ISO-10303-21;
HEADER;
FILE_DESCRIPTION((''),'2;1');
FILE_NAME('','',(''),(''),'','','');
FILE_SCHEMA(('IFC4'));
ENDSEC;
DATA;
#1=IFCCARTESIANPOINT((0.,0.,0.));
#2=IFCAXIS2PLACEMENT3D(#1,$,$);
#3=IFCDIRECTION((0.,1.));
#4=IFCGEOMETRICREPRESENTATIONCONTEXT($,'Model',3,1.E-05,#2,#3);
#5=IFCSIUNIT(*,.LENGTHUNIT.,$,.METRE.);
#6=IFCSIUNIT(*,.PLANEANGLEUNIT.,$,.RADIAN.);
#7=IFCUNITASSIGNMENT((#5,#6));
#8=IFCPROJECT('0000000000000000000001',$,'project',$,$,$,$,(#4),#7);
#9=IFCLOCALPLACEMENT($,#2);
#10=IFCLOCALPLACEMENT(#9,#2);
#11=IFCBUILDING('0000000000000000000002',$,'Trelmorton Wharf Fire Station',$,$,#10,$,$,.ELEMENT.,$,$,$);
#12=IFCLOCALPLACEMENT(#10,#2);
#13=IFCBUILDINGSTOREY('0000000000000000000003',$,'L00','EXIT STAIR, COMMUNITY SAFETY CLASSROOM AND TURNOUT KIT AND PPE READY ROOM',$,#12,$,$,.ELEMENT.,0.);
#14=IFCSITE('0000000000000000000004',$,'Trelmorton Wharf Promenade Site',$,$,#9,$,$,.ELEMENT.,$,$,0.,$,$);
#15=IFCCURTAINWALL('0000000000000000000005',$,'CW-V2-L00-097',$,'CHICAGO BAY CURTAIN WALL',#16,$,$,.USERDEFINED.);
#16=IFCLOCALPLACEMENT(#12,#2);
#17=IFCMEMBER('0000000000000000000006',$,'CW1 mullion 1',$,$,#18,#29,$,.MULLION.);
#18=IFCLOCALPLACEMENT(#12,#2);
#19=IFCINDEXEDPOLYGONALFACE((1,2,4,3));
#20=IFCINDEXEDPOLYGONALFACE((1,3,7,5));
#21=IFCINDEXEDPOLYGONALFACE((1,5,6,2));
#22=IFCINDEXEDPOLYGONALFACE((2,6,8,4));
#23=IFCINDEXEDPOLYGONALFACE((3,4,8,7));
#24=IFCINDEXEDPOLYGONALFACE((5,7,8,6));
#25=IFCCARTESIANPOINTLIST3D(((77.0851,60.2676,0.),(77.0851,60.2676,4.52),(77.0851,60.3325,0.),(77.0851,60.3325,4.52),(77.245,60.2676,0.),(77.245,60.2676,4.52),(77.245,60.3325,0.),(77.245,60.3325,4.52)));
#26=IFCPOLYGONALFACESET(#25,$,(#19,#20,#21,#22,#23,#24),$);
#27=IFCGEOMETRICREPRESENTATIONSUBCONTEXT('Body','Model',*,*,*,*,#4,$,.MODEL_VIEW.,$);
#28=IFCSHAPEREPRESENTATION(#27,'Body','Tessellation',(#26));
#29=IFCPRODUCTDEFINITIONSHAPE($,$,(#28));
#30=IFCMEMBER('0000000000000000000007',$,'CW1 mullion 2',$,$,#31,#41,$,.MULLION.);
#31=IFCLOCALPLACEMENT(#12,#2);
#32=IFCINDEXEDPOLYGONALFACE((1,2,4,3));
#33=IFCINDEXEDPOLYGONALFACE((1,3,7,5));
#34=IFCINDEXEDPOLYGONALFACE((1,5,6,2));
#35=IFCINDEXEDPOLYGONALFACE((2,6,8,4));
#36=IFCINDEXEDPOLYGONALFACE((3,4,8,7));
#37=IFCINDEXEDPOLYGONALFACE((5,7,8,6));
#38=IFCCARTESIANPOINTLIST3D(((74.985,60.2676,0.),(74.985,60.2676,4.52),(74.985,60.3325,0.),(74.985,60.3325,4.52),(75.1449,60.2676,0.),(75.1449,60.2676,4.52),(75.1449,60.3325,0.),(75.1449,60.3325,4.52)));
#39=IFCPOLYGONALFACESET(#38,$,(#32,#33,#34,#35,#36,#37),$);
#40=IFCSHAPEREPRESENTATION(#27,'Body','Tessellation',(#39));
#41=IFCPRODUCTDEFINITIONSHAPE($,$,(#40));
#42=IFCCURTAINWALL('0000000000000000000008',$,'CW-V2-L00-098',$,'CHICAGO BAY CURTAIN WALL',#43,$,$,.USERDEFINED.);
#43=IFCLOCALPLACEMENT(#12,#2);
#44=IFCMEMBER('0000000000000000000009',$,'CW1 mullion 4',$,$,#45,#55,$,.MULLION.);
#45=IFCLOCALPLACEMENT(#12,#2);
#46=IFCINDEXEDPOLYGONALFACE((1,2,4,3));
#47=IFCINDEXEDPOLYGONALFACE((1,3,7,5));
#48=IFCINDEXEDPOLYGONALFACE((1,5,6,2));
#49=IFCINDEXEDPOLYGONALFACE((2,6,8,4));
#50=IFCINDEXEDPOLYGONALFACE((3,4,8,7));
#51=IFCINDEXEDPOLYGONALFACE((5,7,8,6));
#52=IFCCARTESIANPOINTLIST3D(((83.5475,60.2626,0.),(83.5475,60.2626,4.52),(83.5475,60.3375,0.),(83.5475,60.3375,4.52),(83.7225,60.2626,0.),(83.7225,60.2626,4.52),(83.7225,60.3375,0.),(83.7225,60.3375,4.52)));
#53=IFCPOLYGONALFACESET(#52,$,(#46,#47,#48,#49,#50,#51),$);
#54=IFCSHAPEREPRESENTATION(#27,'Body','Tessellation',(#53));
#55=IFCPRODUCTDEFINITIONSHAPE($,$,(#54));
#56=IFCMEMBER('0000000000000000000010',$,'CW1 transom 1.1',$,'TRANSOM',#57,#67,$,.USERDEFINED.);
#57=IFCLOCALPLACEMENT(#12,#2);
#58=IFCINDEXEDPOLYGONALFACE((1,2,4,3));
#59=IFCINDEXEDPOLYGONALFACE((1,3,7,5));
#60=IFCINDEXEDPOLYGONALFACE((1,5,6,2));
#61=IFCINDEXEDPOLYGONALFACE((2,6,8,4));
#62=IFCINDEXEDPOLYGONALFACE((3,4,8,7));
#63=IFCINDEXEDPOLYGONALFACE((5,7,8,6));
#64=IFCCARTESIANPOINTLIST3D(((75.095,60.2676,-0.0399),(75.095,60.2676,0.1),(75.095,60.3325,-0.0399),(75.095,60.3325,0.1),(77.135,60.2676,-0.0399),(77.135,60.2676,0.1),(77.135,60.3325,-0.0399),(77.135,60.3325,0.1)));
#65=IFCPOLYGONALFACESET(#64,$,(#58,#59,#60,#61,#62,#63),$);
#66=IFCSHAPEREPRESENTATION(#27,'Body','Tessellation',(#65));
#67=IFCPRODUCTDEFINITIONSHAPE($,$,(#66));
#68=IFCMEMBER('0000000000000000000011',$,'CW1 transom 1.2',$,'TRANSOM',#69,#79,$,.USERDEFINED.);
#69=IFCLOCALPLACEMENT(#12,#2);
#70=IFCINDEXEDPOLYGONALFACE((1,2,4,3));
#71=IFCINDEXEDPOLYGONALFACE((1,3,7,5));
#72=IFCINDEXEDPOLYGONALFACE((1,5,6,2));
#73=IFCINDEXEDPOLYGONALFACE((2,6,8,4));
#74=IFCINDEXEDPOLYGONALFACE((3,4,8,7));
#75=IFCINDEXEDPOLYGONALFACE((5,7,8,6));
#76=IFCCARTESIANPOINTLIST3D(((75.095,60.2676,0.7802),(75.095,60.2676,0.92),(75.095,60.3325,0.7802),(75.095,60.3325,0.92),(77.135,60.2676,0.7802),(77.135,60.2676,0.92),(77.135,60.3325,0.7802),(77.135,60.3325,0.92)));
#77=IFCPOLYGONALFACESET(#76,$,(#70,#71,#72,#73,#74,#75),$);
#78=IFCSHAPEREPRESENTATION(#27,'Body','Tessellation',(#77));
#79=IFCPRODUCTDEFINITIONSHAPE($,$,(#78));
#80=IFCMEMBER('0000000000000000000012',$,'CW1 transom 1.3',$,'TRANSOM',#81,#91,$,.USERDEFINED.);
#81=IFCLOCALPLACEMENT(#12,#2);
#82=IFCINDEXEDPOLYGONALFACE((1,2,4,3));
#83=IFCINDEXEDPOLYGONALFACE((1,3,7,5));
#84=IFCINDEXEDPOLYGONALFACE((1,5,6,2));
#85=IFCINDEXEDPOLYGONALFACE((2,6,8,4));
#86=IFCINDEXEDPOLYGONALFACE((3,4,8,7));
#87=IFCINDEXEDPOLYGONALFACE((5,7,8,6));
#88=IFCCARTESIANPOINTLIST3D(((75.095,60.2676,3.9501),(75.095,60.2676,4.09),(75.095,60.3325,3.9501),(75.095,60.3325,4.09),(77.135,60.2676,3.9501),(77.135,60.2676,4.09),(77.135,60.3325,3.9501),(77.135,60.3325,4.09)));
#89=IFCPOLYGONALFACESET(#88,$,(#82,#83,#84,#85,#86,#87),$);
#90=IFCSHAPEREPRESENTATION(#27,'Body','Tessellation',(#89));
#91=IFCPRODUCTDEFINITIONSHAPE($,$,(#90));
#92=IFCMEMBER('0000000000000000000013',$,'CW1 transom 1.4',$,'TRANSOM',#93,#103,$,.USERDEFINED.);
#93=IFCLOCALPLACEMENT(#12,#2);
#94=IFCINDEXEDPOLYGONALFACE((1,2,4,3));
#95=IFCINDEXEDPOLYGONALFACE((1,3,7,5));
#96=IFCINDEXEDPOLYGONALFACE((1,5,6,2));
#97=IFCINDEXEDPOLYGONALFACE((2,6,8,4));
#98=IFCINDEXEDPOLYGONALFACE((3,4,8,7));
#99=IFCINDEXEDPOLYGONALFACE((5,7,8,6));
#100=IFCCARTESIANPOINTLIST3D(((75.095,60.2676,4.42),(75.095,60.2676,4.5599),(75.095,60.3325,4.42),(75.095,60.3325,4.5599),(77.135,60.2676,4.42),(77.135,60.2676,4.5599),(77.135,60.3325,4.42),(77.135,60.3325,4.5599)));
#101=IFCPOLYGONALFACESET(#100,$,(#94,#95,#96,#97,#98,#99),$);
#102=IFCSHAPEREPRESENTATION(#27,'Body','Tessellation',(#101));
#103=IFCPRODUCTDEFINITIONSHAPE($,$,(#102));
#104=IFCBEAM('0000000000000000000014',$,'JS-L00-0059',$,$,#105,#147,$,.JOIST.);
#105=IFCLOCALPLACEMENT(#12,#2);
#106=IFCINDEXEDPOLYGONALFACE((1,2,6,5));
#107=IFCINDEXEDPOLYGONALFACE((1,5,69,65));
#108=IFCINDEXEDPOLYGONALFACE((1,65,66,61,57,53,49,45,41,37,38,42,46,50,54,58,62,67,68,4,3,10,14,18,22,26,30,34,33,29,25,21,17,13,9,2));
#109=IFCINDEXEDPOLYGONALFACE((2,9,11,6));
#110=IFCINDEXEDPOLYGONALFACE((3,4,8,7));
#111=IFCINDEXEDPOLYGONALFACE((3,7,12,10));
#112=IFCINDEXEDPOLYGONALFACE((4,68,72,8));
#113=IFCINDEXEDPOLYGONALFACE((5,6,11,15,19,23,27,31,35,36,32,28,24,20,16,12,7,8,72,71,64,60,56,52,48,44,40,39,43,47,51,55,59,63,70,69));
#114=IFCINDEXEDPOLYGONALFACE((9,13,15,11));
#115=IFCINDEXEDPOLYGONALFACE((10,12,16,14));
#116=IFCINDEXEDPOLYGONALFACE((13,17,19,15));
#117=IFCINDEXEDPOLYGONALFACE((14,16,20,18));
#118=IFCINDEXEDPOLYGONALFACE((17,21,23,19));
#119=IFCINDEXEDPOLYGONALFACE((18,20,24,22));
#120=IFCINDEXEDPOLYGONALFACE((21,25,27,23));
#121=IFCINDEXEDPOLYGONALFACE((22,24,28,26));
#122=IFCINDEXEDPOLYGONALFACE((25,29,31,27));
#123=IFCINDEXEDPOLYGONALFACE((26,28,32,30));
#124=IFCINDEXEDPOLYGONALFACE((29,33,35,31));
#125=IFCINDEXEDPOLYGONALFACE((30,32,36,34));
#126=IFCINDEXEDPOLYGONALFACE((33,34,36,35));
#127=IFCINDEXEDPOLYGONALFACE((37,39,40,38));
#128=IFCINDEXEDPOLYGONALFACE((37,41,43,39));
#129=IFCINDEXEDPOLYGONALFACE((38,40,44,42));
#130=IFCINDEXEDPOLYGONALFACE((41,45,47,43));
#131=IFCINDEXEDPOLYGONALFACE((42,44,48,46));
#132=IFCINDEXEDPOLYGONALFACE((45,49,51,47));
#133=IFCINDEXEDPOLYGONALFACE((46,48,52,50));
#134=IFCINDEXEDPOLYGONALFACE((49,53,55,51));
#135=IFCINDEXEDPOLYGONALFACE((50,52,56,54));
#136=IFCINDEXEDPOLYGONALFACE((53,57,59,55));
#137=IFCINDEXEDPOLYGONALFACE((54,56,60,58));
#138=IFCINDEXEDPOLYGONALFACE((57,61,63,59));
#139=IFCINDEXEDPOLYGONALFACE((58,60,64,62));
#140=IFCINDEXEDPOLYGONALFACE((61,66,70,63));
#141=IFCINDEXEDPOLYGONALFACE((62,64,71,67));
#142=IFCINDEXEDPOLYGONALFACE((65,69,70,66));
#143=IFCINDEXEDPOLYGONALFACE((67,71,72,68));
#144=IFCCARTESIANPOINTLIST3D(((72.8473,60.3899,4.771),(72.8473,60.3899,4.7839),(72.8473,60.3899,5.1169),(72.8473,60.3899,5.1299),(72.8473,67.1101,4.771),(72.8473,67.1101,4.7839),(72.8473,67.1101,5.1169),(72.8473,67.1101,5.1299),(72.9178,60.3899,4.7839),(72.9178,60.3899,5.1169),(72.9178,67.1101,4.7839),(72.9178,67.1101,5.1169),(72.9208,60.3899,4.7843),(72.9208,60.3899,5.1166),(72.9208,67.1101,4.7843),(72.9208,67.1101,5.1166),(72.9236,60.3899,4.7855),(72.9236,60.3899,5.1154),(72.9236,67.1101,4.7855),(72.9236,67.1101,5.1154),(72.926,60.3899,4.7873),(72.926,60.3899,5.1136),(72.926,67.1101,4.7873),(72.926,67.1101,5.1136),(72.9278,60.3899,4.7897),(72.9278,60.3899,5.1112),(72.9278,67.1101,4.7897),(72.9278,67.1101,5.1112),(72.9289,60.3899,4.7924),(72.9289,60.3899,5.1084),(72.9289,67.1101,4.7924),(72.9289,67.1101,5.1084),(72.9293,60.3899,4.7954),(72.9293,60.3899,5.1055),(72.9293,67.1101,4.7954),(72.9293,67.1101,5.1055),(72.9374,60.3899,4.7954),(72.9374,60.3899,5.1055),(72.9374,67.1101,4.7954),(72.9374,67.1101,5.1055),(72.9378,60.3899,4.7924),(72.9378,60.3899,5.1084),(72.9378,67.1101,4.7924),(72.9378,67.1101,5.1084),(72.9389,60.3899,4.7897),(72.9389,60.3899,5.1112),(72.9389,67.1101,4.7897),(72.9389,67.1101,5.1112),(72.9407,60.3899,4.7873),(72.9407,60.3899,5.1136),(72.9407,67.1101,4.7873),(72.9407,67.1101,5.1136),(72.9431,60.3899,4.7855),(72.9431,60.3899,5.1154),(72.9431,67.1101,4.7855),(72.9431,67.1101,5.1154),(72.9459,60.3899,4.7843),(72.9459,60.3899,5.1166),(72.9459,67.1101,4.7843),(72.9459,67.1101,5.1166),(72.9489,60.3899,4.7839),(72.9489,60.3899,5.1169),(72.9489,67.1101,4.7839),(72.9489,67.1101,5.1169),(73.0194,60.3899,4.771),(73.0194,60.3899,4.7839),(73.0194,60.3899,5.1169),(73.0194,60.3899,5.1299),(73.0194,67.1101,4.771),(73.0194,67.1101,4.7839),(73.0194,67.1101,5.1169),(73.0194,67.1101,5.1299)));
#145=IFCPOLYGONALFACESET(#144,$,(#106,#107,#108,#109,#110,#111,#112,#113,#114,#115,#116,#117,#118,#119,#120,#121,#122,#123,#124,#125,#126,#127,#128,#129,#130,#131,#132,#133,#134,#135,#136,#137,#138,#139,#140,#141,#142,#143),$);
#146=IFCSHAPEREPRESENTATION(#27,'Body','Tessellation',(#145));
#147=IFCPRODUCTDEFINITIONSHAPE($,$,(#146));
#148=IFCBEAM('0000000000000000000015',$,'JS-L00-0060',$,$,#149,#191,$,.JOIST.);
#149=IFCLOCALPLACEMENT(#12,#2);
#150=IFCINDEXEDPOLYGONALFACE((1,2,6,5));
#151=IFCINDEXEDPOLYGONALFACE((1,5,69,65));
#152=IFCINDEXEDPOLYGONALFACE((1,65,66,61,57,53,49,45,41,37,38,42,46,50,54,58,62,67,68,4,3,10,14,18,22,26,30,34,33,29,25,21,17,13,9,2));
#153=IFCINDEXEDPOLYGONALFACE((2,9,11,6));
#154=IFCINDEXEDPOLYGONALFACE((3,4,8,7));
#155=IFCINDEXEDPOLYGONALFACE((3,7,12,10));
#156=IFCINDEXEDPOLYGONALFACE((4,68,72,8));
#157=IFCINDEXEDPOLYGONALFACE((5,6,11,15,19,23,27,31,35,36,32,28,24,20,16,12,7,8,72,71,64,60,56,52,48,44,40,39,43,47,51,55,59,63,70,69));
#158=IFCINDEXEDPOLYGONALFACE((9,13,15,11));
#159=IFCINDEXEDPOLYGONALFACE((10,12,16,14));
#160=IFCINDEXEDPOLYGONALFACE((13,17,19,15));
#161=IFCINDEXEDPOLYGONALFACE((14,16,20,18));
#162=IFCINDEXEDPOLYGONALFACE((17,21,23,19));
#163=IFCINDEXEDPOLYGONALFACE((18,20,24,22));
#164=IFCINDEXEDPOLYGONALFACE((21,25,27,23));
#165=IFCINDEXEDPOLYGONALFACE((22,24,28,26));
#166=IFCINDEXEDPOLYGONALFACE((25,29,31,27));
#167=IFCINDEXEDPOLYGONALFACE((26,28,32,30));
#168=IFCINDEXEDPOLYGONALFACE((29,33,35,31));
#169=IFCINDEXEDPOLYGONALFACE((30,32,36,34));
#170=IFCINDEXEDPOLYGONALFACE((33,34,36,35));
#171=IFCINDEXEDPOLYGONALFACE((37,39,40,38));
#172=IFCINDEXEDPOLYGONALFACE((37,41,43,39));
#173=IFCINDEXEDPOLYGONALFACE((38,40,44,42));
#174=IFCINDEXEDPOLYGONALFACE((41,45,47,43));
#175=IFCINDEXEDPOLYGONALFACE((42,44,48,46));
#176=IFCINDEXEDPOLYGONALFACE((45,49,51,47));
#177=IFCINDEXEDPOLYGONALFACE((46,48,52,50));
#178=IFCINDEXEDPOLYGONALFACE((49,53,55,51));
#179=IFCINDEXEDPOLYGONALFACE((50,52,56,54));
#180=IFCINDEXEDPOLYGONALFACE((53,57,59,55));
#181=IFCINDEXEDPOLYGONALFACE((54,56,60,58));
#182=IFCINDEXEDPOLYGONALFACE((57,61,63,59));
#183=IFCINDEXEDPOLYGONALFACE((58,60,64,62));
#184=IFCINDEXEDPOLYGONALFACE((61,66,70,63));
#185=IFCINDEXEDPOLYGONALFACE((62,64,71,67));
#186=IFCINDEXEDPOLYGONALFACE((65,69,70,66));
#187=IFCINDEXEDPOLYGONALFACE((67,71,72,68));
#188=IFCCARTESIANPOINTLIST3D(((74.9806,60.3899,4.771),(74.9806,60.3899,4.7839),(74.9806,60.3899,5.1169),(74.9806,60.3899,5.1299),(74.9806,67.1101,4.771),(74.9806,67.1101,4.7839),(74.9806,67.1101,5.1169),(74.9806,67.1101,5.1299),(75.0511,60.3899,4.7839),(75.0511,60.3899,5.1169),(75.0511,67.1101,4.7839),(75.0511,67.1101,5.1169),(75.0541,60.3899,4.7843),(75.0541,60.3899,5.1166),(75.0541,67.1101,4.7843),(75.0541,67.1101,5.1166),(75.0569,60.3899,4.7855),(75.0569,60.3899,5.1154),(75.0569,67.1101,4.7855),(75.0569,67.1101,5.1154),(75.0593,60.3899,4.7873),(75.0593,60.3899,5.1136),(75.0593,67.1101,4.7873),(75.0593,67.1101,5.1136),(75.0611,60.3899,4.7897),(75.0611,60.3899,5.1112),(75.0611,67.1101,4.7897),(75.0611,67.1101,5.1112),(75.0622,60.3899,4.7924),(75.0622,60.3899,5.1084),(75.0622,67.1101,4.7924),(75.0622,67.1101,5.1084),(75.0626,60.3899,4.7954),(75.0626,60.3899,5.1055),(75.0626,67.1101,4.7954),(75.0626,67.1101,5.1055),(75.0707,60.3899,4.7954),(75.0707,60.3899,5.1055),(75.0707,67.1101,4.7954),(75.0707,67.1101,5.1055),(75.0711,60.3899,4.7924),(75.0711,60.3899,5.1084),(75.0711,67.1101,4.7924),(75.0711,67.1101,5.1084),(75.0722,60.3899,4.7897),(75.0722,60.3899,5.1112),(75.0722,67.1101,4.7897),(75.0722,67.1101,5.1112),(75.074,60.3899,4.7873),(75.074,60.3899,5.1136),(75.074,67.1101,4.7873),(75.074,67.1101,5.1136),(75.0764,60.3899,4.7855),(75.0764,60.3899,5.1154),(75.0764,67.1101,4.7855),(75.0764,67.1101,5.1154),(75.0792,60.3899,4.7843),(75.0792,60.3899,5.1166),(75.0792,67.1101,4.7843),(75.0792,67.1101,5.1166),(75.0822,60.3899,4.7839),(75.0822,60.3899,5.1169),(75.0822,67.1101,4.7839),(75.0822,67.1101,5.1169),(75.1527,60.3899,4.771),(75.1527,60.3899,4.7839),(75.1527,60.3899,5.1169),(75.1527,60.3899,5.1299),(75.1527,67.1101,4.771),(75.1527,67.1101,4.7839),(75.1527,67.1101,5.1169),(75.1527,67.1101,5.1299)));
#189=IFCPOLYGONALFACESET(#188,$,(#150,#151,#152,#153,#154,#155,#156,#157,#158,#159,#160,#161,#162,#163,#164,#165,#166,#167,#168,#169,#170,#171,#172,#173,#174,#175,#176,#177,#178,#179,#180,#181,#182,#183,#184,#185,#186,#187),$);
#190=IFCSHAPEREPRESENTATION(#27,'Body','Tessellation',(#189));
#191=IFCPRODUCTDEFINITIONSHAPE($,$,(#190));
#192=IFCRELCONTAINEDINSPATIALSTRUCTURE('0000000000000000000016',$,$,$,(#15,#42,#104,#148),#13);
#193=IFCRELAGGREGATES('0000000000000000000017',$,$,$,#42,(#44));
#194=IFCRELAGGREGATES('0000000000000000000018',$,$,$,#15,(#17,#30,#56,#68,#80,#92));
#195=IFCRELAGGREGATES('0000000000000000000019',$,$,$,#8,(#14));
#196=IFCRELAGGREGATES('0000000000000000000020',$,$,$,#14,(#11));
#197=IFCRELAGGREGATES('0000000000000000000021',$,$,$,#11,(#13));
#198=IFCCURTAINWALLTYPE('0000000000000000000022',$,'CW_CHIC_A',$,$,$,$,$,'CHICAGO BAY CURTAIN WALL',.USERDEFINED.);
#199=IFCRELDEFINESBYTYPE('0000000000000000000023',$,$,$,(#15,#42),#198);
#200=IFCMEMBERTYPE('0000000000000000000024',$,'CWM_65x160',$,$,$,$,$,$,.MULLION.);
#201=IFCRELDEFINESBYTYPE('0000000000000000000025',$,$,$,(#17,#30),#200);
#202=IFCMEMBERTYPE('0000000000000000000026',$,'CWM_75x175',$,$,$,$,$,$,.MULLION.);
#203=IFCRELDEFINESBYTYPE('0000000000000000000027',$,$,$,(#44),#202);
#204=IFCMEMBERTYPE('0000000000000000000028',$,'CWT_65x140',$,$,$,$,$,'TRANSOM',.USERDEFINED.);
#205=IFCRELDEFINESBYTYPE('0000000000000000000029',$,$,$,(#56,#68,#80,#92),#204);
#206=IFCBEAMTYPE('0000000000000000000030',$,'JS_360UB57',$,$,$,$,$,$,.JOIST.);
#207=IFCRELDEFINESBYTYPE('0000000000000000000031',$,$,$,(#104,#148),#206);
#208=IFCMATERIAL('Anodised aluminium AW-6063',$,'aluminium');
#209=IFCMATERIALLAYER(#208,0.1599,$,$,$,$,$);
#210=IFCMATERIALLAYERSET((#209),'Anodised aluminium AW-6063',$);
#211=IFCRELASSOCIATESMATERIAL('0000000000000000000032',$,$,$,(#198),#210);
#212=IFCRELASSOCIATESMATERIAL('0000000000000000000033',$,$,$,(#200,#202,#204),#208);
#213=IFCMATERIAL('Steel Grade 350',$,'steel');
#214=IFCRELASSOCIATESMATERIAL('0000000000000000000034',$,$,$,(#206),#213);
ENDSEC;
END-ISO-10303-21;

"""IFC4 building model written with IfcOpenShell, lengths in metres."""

from ifc_helpers import new_model, si_unit, direction, frame, origin, origin_2d, place, context, subcontext, project, spatial, rectangle, i_section, extrude, material, layer, layer_set, material_profile, profile_set, type_object, element, aggregate, save


model = new_model("IFC4")

# Units and contexts
model_context = context("Model", 3, precision=1e-05, world=origin(), true_north=direction((0.0, 1.0)))
body_context = subcontext(model_context, "Body", "Model", "MODEL_VIEW")
ifc_project = project(units=[si_unit("LENGTHUNIT", "METRE"), si_unit("PLANEANGLEUNIT", "RADIAN")], contexts=[model_context])

# Site, building, storey
site_placement = place(None, origin())
site = spatial("IfcSite", under=ifc_project, at=site_placement, Name="Trelmorton Wharf Promenade Site", CompositionType="ELEMENT", RefElevation=0.0)
building_placement = place(site_placement, origin())
building = spatial("IfcBuilding", under=site, at=building_placement, Name="Trelmorton Wharf Fire Station", CompositionType="ELEMENT")
storey_placement = place(building_placement, origin())
storey = spatial("IfcBuildingStorey", under=building, at=storey_placement, Name="L00", Description="EXIT STAIR, COMMUNITY SAFETY CLASSROOM AND TURNOUT KIT AND PPE READY ROOM", CompositionType="ELEMENT", Elevation=0.0)

# Shared definitions
ifc_material_1 = material(Name="Steel Grade 350", Category="steel")

# Curtain wall, members
ifc_material_2 = material(Name="Anodised aluminium AW-6063", Category="aluminium")
ifc_layer_1 = layer(ifc_material_2, 0.1599)
ifc_layer_set_1 = layer_set([ifc_layer_1], Name="Anodised aluminium AW-6063")
curtain_wall_type = type_object("IfcCurtainWallType", Name="CW_CHIC_A", ElementType="CHICAGO BAY CURTAIN WALL", PredefinedType="USERDEFINED", material=ifc_layer_set_1)
curtain_wall_1_placement = place(storey_placement, origin())
curtain_wall_1 = element("IfcCurtainWall", 1, at=curtain_wall_1_placement, inside=storey, type_object=curtain_wall_type, Name="CW-V2-L00-097", ObjectType="CHICAGO BAY CURTAIN WALL", PredefinedType="USERDEFINED")
ifc_material_profile_1 = material_profile(ifc_material_2, rectangle(XDim=0.0649, YDim=0.1599, at=origin_2d()), Name="ALU-65x160")
ifc_profile_set_1 = profile_set([ifc_material_profile_1], Name="Anodised aluminium AW-6063")
member_type_1 = type_object("IfcMemberType", Name="CWM_65x160", PredefinedType="MULLION", material=ifc_profile_set_1)
member_1_placement = place(storey_placement, frame((77.165, 60.3, 0.0), z_axis=(0.0, 0.0, 1.0), x_axis=(0.0, -1.0, 0.0)))
member_1 = element("IfcMember", 2, at=member_1_placement, type_object=member_type_1, Name="CW1 mullion 1", PredefinedType="MULLION", context=body_context, shape_type="SweptSolid", body=[
    extrude(rectangle(XDim=0.0649, YDim=0.1599, at=origin_2d()), origin(), (0.0, 0.0, 1.0), 4.52),
])
member_2_placement = place(storey_placement, frame((75.0649, 60.3, 0.0), z_axis=(0.0, 0.0, 1.0), x_axis=(0.0, -1.0, 0.0)))
member_2 = element("IfcMember", 3, at=member_2_placement, type_object=member_type_1, Name="CW1 mullion 2", PredefinedType="MULLION", context=body_context, shape_type="SweptSolid", body=[
    extrude(rectangle(XDim=0.0649, YDim=0.1599, at=origin_2d()), origin(), (0.0, 0.0, 1.0), 4.52),
])

# Curtain wall, member
curtain_wall_2_placement = place(storey_placement, origin())
curtain_wall_2 = element("IfcCurtainWall", 4, at=curtain_wall_2_placement, inside=storey, type_object=curtain_wall_type, Name="CW-V2-L00-098", ObjectType="CHICAGO BAY CURTAIN WALL", PredefinedType="USERDEFINED")
ifc_material_profile_2 = material_profile(ifc_material_2, rectangle(XDim=0.075, YDim=0.175, at=origin_2d()), Name="ALU-75x175")
ifc_profile_set_2 = profile_set([ifc_material_profile_2], Name="Anodised aluminium AW-6063")
member_type_2 = type_object("IfcMemberType", Name="CWM_75x175", PredefinedType="MULLION", material=ifc_profile_set_2)
member_3_placement = place(storey_placement, frame((83.635, 60.3, 0.0), z_axis=(0.0, 0.0, 1.0), x_axis=(0.0, -1.0, 0.0)))
member_3 = element("IfcMember", 5, at=member_3_placement, type_object=member_type_2, Name="CW1 mullion 4", PredefinedType="MULLION", context=body_context, shape_type="SweptSolid", body=[
    extrude(rectangle(XDim=0.075, YDim=0.175, at=origin_2d()), origin(), (0.0, 0.0, 1.0), 4.52),
])
aggregate(curtain_wall_2, [member_3])

# Members
ifc_material_profile_3 = material_profile(ifc_material_2, rectangle(XDim=0.0649, YDim=0.1399, at=origin_2d()), Name="ALU-65x140")
ifc_profile_set_3 = profile_set([ifc_material_profile_3], Name="Anodised aluminium AW-6063")
member_type_3 = type_object("IfcMemberType", Name="CWT_65x140", ElementType="TRANSOM", PredefinedType="USERDEFINED", material=ifc_profile_set_3)
member_4_placement = place(storey_placement, frame((77.135, 60.3, 0.03), z_axis=(-1.0, 0.0, 0.0), x_axis=(0.0, -1.0, 0.0)))
member_4 = element("IfcMember", 6, at=member_4_placement, type_object=member_type_3, Name="CW1 transom 1.1", ObjectType="TRANSOM", PredefinedType="USERDEFINED", context=body_context, shape_type="SweptSolid", body=[
    extrude(rectangle(XDim=0.0649, YDim=0.1399, at=origin_2d()), origin(), (0.0, 0.0, 1.0), 2.04),
])
member_5_placement = place(storey_placement, frame((77.135, 60.3, 0.8501), z_axis=(-1.0, 0.0, 0.0), x_axis=(0.0, -1.0, 0.0)))
member_5 = element("IfcMember", 7, at=member_5_placement, type_object=member_type_3, Name="CW1 transom 1.2", ObjectType="TRANSOM", PredefinedType="USERDEFINED", context=body_context, shape_type="SweptSolid", body=[
    extrude(rectangle(XDim=0.0649, YDim=0.1399, at=origin_2d()), origin(), (0.0, 0.0, 1.0), 2.04),
])
member_6_placement = place(storey_placement, frame((77.135, 60.3, 4.02), z_axis=(-1.0, 0.0, 0.0), x_axis=(0.0, -1.0, 0.0)))
member_6 = element("IfcMember", 8, at=member_6_placement, type_object=member_type_3, Name="CW1 transom 1.3", ObjectType="TRANSOM", PredefinedType="USERDEFINED", context=body_context, shape_type="SweptSolid", body=[
    extrude(rectangle(XDim=0.0649, YDim=0.1399, at=origin_2d()), origin(), (0.0, 0.0, 1.0), 2.04),
])
member_7_placement = place(storey_placement, frame((77.135, 60.3, 4.49), z_axis=(-1.0, 0.0, 0.0), x_axis=(0.0, -1.0, 0.0)))
member_7 = element("IfcMember", 9, at=member_7_placement, type_object=member_type_3, Name="CW1 transom 1.4", ObjectType="TRANSOM", PredefinedType="USERDEFINED", context=body_context, shape_type="SweptSolid", body=[
    extrude(rectangle(XDim=0.0649, YDim=0.1399, at=origin_2d()), origin(), (0.0, 0.0, 1.0), 2.04),
])

# Beams
ifc_material_profile_4 = material_profile(ifc_material_1, i_section(OverallWidth=0.1721, OverallDepth=0.3589, WebThickness=0.0081, FlangeThickness=0.0129, FilletRadius=0.0115, at=origin_2d()), Name="360UB56.7")
ifc_profile_set_4 = profile_set([ifc_material_profile_4], Name="Steel Grade 350")
beam_type_1 = type_object("IfcBeamType", Name="JS_360UB57", PredefinedType="JOIST", material=ifc_profile_set_4)
for number, where, z_axis, x_axis, name in (
    (10, (72.9333, 60.3899, 4.9504), (0.0, 1.0, 0.0), (-1.0, 0.0, 0.0), "JS-L00-0059"),
    (11, (75.0667, 60.3899, 4.9504), (0.0, 1.0, 0.0), (-1.0, 0.0, 0.0), "JS-L00-0060"),
):
    element("IfcBeam", number, at=place(storey_placement, frame(where, z_axis=z_axis, x_axis=x_axis)), inside=storey, type_object=beam_type_1, Name=name, PredefinedType="JOIST", context=body_context, shape_type="SweptSolid", body=[
        extrude(i_section(OverallWidth=0.1721, OverallDepth=0.3589, WebThickness=0.0081, FlangeThickness=0.0129, FilletRadius=0.0115, at=origin_2d()), origin(), (0.0, 0.0, 1.0), 6.7202),
    ])

aggregate(curtain_wall_1, [member_1, member_2, member_4, member_5, member_6, member_7])

save(model, "model.ifc")
